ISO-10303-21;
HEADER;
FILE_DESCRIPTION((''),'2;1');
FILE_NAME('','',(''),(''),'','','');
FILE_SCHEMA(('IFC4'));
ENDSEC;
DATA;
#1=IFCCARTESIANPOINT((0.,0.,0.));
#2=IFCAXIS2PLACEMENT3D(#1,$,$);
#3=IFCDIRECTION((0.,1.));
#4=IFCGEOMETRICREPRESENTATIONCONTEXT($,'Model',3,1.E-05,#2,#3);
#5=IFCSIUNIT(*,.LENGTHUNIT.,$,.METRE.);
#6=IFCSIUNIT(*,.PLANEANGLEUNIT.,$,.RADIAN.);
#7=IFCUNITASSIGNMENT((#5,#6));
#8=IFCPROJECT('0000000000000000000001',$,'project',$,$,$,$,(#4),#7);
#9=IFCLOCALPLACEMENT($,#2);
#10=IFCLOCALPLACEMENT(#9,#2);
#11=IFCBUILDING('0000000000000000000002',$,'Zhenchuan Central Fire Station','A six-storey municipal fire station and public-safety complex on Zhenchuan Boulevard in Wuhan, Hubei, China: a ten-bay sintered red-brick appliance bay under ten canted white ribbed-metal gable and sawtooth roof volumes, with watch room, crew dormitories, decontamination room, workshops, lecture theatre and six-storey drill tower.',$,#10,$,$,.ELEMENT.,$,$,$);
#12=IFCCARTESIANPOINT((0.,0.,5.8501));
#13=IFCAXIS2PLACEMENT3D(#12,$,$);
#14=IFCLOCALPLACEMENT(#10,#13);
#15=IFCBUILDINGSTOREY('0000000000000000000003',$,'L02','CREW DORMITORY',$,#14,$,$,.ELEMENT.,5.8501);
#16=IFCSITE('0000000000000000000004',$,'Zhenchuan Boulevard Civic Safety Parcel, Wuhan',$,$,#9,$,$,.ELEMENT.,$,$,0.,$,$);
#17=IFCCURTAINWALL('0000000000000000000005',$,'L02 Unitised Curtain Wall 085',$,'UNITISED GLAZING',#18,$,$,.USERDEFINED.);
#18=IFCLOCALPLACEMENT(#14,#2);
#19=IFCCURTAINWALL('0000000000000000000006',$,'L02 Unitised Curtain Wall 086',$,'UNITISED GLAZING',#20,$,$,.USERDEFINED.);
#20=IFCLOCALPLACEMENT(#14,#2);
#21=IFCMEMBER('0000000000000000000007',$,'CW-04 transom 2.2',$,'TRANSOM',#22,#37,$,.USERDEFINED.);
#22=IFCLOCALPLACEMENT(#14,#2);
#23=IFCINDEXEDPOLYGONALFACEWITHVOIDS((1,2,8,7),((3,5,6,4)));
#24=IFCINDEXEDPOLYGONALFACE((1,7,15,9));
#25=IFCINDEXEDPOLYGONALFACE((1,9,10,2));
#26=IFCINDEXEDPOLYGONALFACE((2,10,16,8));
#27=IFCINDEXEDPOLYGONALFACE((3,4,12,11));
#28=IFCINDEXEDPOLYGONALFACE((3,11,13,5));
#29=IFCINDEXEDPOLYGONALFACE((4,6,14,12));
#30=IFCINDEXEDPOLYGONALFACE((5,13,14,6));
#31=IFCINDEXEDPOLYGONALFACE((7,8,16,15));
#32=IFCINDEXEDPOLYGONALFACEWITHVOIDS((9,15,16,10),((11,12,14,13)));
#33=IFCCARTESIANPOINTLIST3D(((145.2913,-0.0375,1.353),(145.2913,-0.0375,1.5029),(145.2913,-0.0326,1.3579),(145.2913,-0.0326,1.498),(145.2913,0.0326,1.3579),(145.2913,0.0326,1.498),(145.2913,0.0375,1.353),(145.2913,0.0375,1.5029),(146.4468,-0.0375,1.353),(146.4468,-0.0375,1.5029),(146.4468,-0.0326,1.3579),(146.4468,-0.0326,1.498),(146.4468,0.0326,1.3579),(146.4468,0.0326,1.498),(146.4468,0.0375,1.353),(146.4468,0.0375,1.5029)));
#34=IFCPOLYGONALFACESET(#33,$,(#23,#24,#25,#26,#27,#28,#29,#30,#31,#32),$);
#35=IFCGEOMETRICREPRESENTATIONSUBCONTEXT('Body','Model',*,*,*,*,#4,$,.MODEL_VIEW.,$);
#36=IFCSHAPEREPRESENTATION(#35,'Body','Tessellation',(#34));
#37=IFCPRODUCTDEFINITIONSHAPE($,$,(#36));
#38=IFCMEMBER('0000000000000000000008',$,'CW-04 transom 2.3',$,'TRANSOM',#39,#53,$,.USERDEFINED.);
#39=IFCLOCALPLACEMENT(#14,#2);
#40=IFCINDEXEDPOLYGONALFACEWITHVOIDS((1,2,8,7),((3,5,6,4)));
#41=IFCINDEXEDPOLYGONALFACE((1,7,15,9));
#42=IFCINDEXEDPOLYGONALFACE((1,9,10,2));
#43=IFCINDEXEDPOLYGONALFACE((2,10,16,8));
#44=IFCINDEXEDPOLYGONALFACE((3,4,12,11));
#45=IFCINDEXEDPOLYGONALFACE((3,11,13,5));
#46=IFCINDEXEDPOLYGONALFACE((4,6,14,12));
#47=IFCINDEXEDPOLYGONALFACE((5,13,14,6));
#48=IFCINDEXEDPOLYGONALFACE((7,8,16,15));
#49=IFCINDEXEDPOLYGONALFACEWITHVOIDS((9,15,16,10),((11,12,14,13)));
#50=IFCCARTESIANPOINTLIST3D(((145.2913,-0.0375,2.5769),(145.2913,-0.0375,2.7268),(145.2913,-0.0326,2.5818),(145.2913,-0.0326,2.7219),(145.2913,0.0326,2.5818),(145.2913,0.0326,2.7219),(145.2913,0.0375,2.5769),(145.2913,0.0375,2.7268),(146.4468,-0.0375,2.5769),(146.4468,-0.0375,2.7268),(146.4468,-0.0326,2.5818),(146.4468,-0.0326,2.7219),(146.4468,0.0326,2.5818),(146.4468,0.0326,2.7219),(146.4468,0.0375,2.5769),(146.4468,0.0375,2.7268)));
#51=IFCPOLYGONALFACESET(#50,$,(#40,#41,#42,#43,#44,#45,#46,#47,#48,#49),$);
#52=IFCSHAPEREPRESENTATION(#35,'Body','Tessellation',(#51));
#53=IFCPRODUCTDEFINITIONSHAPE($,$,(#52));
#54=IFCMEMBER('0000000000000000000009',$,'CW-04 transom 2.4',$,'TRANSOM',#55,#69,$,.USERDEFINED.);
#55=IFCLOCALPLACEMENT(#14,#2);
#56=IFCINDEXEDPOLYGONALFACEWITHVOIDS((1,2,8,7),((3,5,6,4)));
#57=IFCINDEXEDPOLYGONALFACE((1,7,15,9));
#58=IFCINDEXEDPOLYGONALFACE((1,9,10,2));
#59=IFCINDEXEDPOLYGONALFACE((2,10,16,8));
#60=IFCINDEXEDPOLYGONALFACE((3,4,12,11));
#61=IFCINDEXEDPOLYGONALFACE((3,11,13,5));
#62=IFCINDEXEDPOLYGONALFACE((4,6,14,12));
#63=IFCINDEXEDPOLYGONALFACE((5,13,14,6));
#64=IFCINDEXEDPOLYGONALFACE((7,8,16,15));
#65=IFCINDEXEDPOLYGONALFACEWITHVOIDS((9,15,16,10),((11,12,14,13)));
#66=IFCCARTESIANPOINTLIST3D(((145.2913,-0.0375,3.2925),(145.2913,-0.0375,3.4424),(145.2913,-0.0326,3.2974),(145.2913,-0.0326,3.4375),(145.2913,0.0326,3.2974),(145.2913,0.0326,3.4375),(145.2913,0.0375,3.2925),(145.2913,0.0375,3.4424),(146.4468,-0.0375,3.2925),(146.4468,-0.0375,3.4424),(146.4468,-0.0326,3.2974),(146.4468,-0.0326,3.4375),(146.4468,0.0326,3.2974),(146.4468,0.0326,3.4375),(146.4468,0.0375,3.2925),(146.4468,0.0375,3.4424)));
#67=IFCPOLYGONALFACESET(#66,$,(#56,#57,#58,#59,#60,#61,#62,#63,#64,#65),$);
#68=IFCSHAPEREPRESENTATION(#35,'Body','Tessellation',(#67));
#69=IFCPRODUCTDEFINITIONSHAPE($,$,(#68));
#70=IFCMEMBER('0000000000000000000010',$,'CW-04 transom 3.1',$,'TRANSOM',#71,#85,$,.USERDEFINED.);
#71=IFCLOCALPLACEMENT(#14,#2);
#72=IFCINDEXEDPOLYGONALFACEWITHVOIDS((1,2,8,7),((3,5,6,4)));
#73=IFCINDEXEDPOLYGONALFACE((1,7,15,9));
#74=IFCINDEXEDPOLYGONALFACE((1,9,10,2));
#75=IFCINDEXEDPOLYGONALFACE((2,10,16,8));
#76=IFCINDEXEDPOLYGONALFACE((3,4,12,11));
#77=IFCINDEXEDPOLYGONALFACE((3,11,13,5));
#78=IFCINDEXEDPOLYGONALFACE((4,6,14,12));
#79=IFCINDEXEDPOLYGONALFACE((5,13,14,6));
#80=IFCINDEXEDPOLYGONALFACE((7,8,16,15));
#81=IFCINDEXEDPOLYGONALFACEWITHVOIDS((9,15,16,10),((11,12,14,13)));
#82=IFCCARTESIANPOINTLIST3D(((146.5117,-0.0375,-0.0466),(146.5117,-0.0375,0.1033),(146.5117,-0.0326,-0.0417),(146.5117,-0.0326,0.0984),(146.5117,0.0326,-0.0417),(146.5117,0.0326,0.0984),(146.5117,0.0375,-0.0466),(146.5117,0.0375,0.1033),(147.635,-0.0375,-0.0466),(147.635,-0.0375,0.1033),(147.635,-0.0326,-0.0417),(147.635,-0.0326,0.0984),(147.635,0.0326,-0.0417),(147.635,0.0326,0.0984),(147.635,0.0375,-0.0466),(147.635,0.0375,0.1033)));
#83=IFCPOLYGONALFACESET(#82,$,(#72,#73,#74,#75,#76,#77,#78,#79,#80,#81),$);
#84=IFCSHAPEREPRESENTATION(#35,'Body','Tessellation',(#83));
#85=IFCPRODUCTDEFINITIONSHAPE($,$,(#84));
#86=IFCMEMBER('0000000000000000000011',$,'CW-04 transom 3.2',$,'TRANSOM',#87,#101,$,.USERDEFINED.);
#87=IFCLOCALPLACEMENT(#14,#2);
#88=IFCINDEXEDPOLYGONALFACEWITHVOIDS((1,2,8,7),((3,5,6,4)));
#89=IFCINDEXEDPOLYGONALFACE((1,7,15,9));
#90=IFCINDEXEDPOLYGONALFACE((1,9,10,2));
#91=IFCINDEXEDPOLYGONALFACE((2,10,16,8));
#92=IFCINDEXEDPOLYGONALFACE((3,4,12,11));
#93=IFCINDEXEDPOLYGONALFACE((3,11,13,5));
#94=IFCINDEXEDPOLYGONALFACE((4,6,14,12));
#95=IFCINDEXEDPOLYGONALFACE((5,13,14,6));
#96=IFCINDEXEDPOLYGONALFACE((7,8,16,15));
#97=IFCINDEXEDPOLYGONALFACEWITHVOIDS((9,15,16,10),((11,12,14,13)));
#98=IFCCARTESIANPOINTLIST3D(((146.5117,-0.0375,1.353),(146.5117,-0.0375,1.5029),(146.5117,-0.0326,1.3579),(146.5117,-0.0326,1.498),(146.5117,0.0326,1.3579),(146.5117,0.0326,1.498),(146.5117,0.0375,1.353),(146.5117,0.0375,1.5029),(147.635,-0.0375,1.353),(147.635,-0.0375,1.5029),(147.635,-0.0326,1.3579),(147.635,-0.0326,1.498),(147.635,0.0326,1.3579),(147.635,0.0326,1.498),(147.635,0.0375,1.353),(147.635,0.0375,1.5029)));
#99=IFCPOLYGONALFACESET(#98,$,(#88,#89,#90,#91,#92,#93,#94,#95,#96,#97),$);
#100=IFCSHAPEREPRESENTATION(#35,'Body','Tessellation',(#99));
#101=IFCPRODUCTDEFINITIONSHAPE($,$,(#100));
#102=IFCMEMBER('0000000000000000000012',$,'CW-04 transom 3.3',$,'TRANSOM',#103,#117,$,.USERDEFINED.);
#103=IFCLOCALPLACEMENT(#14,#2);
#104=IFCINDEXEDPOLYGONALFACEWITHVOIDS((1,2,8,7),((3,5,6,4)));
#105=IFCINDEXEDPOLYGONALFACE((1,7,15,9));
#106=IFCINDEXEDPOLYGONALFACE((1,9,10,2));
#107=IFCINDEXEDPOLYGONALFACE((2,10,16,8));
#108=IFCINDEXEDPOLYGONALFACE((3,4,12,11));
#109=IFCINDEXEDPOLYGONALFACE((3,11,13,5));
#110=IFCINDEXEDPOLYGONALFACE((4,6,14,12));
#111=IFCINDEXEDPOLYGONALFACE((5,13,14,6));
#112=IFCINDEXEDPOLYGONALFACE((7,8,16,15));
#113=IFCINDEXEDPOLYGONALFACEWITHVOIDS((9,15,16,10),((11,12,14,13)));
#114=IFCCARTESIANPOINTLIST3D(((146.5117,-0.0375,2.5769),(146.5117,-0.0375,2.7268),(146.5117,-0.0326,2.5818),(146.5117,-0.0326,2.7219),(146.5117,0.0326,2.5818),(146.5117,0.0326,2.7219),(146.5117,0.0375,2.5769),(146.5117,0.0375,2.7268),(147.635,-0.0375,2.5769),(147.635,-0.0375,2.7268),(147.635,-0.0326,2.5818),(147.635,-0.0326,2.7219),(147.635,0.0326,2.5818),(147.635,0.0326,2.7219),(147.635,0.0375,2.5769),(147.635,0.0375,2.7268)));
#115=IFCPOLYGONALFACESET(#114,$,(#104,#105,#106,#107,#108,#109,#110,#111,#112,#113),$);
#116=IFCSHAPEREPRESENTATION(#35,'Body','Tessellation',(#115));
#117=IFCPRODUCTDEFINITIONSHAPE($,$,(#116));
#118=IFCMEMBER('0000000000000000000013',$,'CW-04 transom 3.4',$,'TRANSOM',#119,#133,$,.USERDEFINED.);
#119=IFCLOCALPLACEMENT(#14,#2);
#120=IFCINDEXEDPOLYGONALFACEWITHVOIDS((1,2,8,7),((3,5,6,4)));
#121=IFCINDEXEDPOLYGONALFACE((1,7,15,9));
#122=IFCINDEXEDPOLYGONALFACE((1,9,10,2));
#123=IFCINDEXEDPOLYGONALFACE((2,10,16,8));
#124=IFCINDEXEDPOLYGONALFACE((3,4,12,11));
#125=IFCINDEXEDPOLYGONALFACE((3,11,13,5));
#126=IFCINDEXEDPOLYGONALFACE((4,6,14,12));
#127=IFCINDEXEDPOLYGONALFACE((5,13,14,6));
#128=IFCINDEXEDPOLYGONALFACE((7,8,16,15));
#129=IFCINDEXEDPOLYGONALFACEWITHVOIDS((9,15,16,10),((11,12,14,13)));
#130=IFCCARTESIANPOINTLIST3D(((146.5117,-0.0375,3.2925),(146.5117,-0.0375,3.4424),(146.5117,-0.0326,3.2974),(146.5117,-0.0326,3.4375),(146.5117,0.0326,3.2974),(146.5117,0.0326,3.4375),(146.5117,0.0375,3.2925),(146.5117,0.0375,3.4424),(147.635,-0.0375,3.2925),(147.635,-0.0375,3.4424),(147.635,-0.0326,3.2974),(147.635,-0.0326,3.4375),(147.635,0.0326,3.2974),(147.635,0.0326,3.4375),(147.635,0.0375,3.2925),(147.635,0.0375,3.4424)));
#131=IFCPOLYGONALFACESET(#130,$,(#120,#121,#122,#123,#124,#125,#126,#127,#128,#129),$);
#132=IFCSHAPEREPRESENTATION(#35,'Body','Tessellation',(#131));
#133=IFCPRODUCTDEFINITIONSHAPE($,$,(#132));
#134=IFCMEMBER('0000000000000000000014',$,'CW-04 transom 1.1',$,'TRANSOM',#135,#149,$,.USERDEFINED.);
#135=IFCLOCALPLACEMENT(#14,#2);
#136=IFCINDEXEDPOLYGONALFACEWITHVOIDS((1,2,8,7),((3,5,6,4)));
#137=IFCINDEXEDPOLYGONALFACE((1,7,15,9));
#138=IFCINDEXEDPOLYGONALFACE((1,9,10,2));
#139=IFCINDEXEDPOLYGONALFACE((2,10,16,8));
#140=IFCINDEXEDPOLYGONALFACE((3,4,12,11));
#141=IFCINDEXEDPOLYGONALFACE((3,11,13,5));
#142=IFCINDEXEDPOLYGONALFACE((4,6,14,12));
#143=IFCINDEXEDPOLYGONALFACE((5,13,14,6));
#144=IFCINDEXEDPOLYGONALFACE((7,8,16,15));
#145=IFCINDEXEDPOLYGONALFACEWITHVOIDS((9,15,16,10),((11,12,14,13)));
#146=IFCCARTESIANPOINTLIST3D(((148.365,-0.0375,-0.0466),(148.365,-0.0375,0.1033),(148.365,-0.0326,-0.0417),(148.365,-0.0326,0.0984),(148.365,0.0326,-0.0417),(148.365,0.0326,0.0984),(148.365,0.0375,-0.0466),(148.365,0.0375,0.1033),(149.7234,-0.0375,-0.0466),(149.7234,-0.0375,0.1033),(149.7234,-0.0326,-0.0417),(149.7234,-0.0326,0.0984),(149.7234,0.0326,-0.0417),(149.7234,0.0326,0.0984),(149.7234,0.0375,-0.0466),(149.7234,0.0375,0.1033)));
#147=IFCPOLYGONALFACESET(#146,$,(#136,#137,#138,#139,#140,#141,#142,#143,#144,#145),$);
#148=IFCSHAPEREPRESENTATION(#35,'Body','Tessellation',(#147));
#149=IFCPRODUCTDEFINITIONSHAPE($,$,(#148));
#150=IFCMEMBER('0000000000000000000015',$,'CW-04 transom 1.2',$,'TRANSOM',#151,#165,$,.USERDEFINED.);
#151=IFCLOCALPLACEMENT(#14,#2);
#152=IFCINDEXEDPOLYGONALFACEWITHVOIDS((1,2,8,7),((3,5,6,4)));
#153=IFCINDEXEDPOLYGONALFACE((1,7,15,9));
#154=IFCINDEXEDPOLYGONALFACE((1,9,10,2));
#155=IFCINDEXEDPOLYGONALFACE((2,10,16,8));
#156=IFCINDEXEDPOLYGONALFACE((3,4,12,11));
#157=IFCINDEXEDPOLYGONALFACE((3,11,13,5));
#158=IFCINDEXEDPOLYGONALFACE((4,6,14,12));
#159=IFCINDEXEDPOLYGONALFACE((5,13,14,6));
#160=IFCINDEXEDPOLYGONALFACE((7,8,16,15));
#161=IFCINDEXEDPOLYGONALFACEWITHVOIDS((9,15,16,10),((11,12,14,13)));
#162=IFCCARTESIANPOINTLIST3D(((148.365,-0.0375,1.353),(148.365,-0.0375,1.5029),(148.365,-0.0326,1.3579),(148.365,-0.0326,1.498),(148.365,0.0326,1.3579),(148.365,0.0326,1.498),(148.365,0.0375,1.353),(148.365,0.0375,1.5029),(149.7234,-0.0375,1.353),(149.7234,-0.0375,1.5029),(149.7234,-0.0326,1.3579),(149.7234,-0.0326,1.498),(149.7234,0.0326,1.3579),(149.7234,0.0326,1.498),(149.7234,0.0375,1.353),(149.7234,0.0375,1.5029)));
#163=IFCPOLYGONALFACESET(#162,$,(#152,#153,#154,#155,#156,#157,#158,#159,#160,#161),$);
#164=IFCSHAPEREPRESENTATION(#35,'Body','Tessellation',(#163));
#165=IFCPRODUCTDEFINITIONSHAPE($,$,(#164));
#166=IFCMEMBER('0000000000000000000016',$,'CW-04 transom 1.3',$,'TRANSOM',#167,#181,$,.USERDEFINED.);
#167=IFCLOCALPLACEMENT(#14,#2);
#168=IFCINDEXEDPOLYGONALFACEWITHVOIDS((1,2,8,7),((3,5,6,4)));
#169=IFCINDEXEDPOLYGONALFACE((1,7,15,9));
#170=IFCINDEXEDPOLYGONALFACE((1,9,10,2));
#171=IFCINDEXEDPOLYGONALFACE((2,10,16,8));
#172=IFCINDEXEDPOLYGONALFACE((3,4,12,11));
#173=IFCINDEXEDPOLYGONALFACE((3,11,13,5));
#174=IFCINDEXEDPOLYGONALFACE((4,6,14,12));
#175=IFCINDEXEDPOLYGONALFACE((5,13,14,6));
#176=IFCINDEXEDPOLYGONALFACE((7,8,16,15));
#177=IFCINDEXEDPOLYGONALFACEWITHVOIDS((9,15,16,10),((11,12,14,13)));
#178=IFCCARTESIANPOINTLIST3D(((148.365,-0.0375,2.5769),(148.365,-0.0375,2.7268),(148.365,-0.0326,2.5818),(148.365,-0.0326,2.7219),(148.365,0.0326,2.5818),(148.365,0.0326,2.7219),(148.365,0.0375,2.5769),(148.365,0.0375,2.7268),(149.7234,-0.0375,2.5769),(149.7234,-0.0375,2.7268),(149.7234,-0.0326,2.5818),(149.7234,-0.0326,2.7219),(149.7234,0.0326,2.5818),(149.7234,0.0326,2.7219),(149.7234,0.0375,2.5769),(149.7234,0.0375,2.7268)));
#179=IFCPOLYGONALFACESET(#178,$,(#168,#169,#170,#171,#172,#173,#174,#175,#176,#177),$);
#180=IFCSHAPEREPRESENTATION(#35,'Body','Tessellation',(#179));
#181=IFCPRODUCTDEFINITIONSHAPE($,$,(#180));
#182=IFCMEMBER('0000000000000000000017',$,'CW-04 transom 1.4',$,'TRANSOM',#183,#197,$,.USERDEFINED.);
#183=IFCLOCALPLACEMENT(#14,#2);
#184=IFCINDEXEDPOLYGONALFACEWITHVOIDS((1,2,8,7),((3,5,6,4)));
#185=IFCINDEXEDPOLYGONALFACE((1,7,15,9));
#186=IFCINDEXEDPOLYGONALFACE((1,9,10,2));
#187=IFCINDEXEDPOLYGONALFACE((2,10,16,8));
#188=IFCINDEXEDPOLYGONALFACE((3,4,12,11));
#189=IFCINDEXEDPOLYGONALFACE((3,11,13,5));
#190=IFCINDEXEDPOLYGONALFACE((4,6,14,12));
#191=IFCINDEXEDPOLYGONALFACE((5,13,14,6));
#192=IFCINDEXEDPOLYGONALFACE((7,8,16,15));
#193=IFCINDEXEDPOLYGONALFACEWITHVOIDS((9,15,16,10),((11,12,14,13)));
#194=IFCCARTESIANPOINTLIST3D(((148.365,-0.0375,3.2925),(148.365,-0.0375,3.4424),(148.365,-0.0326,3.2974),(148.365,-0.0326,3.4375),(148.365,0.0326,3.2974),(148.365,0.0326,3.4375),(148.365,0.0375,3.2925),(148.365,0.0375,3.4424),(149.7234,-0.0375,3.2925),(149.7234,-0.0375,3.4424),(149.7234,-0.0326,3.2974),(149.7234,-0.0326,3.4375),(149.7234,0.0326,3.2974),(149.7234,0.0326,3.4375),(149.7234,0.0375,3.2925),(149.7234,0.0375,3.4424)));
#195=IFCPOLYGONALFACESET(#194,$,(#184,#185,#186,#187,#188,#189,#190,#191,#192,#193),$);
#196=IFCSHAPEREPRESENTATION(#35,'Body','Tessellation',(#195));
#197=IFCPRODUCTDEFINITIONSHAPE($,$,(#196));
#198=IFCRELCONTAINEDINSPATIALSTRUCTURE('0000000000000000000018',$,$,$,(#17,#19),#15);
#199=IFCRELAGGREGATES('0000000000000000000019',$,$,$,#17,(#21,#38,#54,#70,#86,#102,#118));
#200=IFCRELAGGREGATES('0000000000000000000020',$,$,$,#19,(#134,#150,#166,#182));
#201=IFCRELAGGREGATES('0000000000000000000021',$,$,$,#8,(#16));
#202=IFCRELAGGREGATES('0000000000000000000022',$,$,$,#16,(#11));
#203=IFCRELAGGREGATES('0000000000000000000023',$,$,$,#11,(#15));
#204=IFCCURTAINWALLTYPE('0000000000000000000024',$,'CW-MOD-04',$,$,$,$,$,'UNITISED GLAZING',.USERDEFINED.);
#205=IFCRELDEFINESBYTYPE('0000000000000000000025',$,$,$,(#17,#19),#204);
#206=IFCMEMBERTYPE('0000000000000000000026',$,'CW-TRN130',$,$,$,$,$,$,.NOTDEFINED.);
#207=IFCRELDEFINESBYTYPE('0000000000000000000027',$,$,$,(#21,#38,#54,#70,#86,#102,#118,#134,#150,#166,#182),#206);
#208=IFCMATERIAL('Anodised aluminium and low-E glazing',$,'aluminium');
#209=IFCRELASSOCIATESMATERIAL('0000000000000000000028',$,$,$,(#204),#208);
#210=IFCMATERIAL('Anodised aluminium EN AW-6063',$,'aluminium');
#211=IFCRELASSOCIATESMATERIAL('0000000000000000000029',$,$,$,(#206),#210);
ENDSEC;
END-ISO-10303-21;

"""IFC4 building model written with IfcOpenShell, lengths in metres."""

from ifc_helpers import new_model, si_unit, direction, frame, origin, origin_2d, place, context, subcontext, project, spatial, hollow_rectangle, extrude, material, material_profile, profile_set, type_object, element, aggregate, save


model = new_model("IFC4")

# Units and contexts
model_context = context("Model", 3, precision=1e-05, world=origin(), true_north=direction((0.0, 1.0)))
body_context = subcontext(model_context, "Body", "Model", "MODEL_VIEW")
ifc_project = project(units=[si_unit("LENGTHUNIT", "METRE"), si_unit("PLANEANGLEUNIT", "RADIAN")], contexts=[model_context])

# Site, building, storey
site_placement = place(None, origin())
site = spatial("IfcSite", under=ifc_project, at=site_placement, Name="Zhenchuan Boulevard Civic Safety Parcel, Wuhan", CompositionType="ELEMENT", RefElevation=0.0)
building_placement = place(site_placement, origin())
building = spatial("IfcBuilding", under=site, at=building_placement, Name="Zhenchuan Central Fire Station", Description="A six-storey municipal fire station and public-safety complex on Zhenchuan Boulevard in Wuhan, Hubei, China: a ten-bay sintered red-brick appliance bay under ten canted white ribbed-metal gable and sawtooth roof volumes, with watch room, crew dormitories, decontamination room, workshops, lecture theatre and six-storey drill tower.", CompositionType="ELEMENT")
storey_placement = place(building_placement, frame((0.0, 0.0, 5.8501)))
storey = spatial("IfcBuildingStorey", under=building, at=storey_placement, Name="L02", Description="CREW DORMITORY", CompositionType="ELEMENT", Elevation=5.8501)

# Curtain wall
ifc_material_1 = material(Name="Anodised aluminium and low-E glazing", Category="aluminium")
curtain_wall_type = type_object("IfcCurtainWallType", Name="CW-MOD-04", ElementType="UNITISED GLAZING", PredefinedType="USERDEFINED", material=ifc_material_1)
curtain_wall_1_placement = place(storey_placement, origin())
curtain_wall_1 = element("IfcCurtainWall", 1, at=curtain_wall_1_placement, inside=storey, type_object=curtain_wall_type, Name="L02 Unitised Curtain Wall 085", ObjectType="UNITISED GLAZING", PredefinedType="USERDEFINED")
ifc_material_2 = material(Name="Anodised aluminium EN AW-6063", Category="aluminium")

# Curtain wall
curtain_wall_2_placement = place(storey_placement, origin())
curtain_wall_2 = element("IfcCurtainWall", 2, at=curtain_wall_2_placement, inside=storey, type_object=curtain_wall_type, Name="L02 Unitised Curtain Wall 086", ObjectType="UNITISED GLAZING", PredefinedType="USERDEFINED")

# Members
ifc_material_profile_1 = material_profile(ifc_material_2, hollow_rectangle(XDim=0.075, YDim=0.1499, WallThickness=0.0049, at=origin_2d()), Name="ALU-T 150x75")
ifc_profile_set_1 = profile_set([ifc_material_profile_1], Name="Anodised aluminium EN AW-6063")
member_type_1 = type_object("IfcMemberType", Name="CW-TRN130", PredefinedType="NOTDEFINED", material=ifc_profile_set_1)
member_1_placement = place(storey_placement, frame((145.2913, 0.0, 1.428), z_axis=(1.0, 0.0, 0.0), x_axis=(0.0, 1.0, 0.0)))
member_1 = element("IfcMember", 3, at=member_1_placement, type_object=member_type_1, Name="CW-04 transom 2.2", ObjectType="TRANSOM", PredefinedType="USERDEFINED", context=body_context, shape_type="SweptSolid", body=[
    extrude(hollow_rectangle(XDim=0.075, YDim=0.1499, WallThickness=0.0049, at=origin_2d()), origin(), (0.0, 0.0, 1.0), 1.1555),
])
member_2_placement = place(storey_placement, frame((145.2913, 0.0, 2.6519), z_axis=(1.0, 0.0, 0.0), x_axis=(0.0, 1.0, 0.0)))
member_2 = element("IfcMember", 4, at=member_2_placement, type_object=member_type_1, Name="CW-04 transom 2.3", ObjectType="TRANSOM", PredefinedType="USERDEFINED", context=body_context, shape_type="SweptSolid", body=[
    extrude(hollow_rectangle(XDim=0.075, YDim=0.1499, WallThickness=0.0049, at=origin_2d()), origin(), (0.0, 0.0, 1.0), 1.1555),
])
member_3_placement = place(storey_placement, frame((145.2913, 0.0, 3.3674), z_axis=(1.0, 0.0, 0.0), x_axis=(0.0, 1.0, 0.0)))
member_3 = element("IfcMember", 5, at=member_3_placement, type_object=member_type_1, Name="CW-04 transom 2.4", ObjectType="TRANSOM", PredefinedType="USERDEFINED", context=body_context, shape_type="SweptSolid", body=[
    extrude(hollow_rectangle(XDim=0.075, YDim=0.1499, WallThickness=0.0049, at=origin_2d()), origin(), (0.0, 0.0, 1.0), 1.1555),
])
member_4_placement = place(storey_placement, frame((146.5117, 0.0, 0.0283), z_axis=(1.0, 0.0, 0.0), x_axis=(0.0, 1.0, 0.0)))
member_4 = element("IfcMember", 6, at=member_4_placement, type_object=member_type_1, Name="CW-04 transom 3.1", ObjectType="TRANSOM", PredefinedType="USERDEFINED", context=body_context, shape_type="SweptSolid", body=[
    extrude(hollow_rectangle(XDim=0.075, YDim=0.1499, WallThickness=0.0049, at=origin_2d()), origin(), (0.0, 0.0, 1.0), 1.1233),
])
member_5_placement = place(storey_placement, frame((146.5117, 0.0, 1.428), z_axis=(1.0, 0.0, 0.0), x_axis=(0.0, 1.0, 0.0)))
member_5 = element("IfcMember", 7, at=member_5_placement, type_object=member_type_1, Name="CW-04 transom 3.2", ObjectType="TRANSOM", PredefinedType="USERDEFINED", context=body_context, shape_type="SweptSolid", body=[
    extrude(hollow_rectangle(XDim=0.075, YDim=0.1499, WallThickness=0.0049, at=origin_2d()), origin(), (0.0, 0.0, 1.0), 1.1233),
])
member_6_placement = place(storey_placement, frame((146.5117, 0.0, 2.6519), z_axis=(1.0, 0.0, 0.0), x_axis=(0.0, 1.0, 0.0)))
member_6 = element("IfcMember", 8, at=member_6_placement, type_object=member_type_1, Name="CW-04 transom 3.3", ObjectType="TRANSOM", PredefinedType="USERDEFINED", context=body_context, shape_type="SweptSolid", body=[
    extrude(hollow_rectangle(XDim=0.075, YDim=0.1499, WallThickness=0.0049, at=origin_2d()), origin(), (0.0, 0.0, 1.0), 1.1233),
])
member_7_placement = place(storey_placement, frame((146.5117, 0.0, 3.3674), z_axis=(1.0, 0.0, 0.0), x_axis=(0.0, 1.0, 0.0)))
member_7 = element("IfcMember", 9, at=member_7_placement, type_object=member_type_1, Name="CW-04 transom 3.4", ObjectType="TRANSOM", PredefinedType="USERDEFINED", context=body_context, shape_type="SweptSolid", body=[
    extrude(hollow_rectangle(XDim=0.075, YDim=0.1499, WallThickness=0.0049, at=origin_2d()), origin(), (0.0, 0.0, 1.0), 1.1233),
])
member_8_placement = place(storey_placement, frame((148.365, 0.0, 0.0283), z_axis=(1.0, 0.0, 0.0), x_axis=(0.0, 1.0, 0.0)))
member_8 = element("IfcMember", 10, at=member_8_placement, type_object=member_type_1, Name="CW-04 transom 1.1", ObjectType="TRANSOM", PredefinedType="USERDEFINED", context=body_context, shape_type="SweptSolid", body=[
    extrude(hollow_rectangle(XDim=0.075, YDim=0.1499, WallThickness=0.0049, at=origin_2d()), origin(), (0.0, 0.0, 1.0), 1.3584),
])
member_9_placement = place(storey_placement, frame((148.365, 0.0, 1.428), z_axis=(1.0, 0.0, 0.0), x_axis=(0.0, 1.0, 0.0)))
member_9 = element("IfcMember", 11, at=member_9_placement, type_object=member_type_1, Name="CW-04 transom 1.2", ObjectType="TRANSOM", PredefinedType="USERDEFINED", context=body_context, shape_type="SweptSolid", body=[
    extrude(hollow_rectangle(XDim=0.075, YDim=0.1499, WallThickness=0.0049, at=origin_2d()), origin(), (0.0, 0.0, 1.0), 1.3584),
])
member_10_placement = place(storey_placement, frame((148.365, 0.0, 2.6519), z_axis=(1.0, 0.0, 0.0), x_axis=(0.0, 1.0, 0.0)))
member_10 = element("IfcMember", 12, at=member_10_placement, type_object=member_type_1, Name="CW-04 transom 1.3", ObjectType="TRANSOM", PredefinedType="USERDEFINED", context=body_context, shape_type="SweptSolid", body=[
    extrude(hollow_rectangle(XDim=0.075, YDim=0.1499, WallThickness=0.0049, at=origin_2d()), origin(), (0.0, 0.0, 1.0), 1.3584),
])
member_11_placement = place(storey_placement, frame((148.365, 0.0, 3.3674), z_axis=(1.0, 0.0, 0.0), x_axis=(0.0, 1.0, 0.0)))
member_11 = element("IfcMember", 13, at=member_11_placement, type_object=member_type_1, Name="CW-04 transom 1.4", ObjectType="TRANSOM", PredefinedType="USERDEFINED", context=body_context, shape_type="SweptSolid", body=[
    extrude(hollow_rectangle(XDim=0.075, YDim=0.1499, WallThickness=0.0049, at=origin_2d()), origin(), (0.0, 0.0, 1.0), 1.3584),
])

aggregate(curtain_wall_1, [member_1, member_2, member_3, member_4, member_5, member_6, member_7])
aggregate(curtain_wall_2, [member_8, member_9, member_10, member_11])

save(model, "model.ifc")
